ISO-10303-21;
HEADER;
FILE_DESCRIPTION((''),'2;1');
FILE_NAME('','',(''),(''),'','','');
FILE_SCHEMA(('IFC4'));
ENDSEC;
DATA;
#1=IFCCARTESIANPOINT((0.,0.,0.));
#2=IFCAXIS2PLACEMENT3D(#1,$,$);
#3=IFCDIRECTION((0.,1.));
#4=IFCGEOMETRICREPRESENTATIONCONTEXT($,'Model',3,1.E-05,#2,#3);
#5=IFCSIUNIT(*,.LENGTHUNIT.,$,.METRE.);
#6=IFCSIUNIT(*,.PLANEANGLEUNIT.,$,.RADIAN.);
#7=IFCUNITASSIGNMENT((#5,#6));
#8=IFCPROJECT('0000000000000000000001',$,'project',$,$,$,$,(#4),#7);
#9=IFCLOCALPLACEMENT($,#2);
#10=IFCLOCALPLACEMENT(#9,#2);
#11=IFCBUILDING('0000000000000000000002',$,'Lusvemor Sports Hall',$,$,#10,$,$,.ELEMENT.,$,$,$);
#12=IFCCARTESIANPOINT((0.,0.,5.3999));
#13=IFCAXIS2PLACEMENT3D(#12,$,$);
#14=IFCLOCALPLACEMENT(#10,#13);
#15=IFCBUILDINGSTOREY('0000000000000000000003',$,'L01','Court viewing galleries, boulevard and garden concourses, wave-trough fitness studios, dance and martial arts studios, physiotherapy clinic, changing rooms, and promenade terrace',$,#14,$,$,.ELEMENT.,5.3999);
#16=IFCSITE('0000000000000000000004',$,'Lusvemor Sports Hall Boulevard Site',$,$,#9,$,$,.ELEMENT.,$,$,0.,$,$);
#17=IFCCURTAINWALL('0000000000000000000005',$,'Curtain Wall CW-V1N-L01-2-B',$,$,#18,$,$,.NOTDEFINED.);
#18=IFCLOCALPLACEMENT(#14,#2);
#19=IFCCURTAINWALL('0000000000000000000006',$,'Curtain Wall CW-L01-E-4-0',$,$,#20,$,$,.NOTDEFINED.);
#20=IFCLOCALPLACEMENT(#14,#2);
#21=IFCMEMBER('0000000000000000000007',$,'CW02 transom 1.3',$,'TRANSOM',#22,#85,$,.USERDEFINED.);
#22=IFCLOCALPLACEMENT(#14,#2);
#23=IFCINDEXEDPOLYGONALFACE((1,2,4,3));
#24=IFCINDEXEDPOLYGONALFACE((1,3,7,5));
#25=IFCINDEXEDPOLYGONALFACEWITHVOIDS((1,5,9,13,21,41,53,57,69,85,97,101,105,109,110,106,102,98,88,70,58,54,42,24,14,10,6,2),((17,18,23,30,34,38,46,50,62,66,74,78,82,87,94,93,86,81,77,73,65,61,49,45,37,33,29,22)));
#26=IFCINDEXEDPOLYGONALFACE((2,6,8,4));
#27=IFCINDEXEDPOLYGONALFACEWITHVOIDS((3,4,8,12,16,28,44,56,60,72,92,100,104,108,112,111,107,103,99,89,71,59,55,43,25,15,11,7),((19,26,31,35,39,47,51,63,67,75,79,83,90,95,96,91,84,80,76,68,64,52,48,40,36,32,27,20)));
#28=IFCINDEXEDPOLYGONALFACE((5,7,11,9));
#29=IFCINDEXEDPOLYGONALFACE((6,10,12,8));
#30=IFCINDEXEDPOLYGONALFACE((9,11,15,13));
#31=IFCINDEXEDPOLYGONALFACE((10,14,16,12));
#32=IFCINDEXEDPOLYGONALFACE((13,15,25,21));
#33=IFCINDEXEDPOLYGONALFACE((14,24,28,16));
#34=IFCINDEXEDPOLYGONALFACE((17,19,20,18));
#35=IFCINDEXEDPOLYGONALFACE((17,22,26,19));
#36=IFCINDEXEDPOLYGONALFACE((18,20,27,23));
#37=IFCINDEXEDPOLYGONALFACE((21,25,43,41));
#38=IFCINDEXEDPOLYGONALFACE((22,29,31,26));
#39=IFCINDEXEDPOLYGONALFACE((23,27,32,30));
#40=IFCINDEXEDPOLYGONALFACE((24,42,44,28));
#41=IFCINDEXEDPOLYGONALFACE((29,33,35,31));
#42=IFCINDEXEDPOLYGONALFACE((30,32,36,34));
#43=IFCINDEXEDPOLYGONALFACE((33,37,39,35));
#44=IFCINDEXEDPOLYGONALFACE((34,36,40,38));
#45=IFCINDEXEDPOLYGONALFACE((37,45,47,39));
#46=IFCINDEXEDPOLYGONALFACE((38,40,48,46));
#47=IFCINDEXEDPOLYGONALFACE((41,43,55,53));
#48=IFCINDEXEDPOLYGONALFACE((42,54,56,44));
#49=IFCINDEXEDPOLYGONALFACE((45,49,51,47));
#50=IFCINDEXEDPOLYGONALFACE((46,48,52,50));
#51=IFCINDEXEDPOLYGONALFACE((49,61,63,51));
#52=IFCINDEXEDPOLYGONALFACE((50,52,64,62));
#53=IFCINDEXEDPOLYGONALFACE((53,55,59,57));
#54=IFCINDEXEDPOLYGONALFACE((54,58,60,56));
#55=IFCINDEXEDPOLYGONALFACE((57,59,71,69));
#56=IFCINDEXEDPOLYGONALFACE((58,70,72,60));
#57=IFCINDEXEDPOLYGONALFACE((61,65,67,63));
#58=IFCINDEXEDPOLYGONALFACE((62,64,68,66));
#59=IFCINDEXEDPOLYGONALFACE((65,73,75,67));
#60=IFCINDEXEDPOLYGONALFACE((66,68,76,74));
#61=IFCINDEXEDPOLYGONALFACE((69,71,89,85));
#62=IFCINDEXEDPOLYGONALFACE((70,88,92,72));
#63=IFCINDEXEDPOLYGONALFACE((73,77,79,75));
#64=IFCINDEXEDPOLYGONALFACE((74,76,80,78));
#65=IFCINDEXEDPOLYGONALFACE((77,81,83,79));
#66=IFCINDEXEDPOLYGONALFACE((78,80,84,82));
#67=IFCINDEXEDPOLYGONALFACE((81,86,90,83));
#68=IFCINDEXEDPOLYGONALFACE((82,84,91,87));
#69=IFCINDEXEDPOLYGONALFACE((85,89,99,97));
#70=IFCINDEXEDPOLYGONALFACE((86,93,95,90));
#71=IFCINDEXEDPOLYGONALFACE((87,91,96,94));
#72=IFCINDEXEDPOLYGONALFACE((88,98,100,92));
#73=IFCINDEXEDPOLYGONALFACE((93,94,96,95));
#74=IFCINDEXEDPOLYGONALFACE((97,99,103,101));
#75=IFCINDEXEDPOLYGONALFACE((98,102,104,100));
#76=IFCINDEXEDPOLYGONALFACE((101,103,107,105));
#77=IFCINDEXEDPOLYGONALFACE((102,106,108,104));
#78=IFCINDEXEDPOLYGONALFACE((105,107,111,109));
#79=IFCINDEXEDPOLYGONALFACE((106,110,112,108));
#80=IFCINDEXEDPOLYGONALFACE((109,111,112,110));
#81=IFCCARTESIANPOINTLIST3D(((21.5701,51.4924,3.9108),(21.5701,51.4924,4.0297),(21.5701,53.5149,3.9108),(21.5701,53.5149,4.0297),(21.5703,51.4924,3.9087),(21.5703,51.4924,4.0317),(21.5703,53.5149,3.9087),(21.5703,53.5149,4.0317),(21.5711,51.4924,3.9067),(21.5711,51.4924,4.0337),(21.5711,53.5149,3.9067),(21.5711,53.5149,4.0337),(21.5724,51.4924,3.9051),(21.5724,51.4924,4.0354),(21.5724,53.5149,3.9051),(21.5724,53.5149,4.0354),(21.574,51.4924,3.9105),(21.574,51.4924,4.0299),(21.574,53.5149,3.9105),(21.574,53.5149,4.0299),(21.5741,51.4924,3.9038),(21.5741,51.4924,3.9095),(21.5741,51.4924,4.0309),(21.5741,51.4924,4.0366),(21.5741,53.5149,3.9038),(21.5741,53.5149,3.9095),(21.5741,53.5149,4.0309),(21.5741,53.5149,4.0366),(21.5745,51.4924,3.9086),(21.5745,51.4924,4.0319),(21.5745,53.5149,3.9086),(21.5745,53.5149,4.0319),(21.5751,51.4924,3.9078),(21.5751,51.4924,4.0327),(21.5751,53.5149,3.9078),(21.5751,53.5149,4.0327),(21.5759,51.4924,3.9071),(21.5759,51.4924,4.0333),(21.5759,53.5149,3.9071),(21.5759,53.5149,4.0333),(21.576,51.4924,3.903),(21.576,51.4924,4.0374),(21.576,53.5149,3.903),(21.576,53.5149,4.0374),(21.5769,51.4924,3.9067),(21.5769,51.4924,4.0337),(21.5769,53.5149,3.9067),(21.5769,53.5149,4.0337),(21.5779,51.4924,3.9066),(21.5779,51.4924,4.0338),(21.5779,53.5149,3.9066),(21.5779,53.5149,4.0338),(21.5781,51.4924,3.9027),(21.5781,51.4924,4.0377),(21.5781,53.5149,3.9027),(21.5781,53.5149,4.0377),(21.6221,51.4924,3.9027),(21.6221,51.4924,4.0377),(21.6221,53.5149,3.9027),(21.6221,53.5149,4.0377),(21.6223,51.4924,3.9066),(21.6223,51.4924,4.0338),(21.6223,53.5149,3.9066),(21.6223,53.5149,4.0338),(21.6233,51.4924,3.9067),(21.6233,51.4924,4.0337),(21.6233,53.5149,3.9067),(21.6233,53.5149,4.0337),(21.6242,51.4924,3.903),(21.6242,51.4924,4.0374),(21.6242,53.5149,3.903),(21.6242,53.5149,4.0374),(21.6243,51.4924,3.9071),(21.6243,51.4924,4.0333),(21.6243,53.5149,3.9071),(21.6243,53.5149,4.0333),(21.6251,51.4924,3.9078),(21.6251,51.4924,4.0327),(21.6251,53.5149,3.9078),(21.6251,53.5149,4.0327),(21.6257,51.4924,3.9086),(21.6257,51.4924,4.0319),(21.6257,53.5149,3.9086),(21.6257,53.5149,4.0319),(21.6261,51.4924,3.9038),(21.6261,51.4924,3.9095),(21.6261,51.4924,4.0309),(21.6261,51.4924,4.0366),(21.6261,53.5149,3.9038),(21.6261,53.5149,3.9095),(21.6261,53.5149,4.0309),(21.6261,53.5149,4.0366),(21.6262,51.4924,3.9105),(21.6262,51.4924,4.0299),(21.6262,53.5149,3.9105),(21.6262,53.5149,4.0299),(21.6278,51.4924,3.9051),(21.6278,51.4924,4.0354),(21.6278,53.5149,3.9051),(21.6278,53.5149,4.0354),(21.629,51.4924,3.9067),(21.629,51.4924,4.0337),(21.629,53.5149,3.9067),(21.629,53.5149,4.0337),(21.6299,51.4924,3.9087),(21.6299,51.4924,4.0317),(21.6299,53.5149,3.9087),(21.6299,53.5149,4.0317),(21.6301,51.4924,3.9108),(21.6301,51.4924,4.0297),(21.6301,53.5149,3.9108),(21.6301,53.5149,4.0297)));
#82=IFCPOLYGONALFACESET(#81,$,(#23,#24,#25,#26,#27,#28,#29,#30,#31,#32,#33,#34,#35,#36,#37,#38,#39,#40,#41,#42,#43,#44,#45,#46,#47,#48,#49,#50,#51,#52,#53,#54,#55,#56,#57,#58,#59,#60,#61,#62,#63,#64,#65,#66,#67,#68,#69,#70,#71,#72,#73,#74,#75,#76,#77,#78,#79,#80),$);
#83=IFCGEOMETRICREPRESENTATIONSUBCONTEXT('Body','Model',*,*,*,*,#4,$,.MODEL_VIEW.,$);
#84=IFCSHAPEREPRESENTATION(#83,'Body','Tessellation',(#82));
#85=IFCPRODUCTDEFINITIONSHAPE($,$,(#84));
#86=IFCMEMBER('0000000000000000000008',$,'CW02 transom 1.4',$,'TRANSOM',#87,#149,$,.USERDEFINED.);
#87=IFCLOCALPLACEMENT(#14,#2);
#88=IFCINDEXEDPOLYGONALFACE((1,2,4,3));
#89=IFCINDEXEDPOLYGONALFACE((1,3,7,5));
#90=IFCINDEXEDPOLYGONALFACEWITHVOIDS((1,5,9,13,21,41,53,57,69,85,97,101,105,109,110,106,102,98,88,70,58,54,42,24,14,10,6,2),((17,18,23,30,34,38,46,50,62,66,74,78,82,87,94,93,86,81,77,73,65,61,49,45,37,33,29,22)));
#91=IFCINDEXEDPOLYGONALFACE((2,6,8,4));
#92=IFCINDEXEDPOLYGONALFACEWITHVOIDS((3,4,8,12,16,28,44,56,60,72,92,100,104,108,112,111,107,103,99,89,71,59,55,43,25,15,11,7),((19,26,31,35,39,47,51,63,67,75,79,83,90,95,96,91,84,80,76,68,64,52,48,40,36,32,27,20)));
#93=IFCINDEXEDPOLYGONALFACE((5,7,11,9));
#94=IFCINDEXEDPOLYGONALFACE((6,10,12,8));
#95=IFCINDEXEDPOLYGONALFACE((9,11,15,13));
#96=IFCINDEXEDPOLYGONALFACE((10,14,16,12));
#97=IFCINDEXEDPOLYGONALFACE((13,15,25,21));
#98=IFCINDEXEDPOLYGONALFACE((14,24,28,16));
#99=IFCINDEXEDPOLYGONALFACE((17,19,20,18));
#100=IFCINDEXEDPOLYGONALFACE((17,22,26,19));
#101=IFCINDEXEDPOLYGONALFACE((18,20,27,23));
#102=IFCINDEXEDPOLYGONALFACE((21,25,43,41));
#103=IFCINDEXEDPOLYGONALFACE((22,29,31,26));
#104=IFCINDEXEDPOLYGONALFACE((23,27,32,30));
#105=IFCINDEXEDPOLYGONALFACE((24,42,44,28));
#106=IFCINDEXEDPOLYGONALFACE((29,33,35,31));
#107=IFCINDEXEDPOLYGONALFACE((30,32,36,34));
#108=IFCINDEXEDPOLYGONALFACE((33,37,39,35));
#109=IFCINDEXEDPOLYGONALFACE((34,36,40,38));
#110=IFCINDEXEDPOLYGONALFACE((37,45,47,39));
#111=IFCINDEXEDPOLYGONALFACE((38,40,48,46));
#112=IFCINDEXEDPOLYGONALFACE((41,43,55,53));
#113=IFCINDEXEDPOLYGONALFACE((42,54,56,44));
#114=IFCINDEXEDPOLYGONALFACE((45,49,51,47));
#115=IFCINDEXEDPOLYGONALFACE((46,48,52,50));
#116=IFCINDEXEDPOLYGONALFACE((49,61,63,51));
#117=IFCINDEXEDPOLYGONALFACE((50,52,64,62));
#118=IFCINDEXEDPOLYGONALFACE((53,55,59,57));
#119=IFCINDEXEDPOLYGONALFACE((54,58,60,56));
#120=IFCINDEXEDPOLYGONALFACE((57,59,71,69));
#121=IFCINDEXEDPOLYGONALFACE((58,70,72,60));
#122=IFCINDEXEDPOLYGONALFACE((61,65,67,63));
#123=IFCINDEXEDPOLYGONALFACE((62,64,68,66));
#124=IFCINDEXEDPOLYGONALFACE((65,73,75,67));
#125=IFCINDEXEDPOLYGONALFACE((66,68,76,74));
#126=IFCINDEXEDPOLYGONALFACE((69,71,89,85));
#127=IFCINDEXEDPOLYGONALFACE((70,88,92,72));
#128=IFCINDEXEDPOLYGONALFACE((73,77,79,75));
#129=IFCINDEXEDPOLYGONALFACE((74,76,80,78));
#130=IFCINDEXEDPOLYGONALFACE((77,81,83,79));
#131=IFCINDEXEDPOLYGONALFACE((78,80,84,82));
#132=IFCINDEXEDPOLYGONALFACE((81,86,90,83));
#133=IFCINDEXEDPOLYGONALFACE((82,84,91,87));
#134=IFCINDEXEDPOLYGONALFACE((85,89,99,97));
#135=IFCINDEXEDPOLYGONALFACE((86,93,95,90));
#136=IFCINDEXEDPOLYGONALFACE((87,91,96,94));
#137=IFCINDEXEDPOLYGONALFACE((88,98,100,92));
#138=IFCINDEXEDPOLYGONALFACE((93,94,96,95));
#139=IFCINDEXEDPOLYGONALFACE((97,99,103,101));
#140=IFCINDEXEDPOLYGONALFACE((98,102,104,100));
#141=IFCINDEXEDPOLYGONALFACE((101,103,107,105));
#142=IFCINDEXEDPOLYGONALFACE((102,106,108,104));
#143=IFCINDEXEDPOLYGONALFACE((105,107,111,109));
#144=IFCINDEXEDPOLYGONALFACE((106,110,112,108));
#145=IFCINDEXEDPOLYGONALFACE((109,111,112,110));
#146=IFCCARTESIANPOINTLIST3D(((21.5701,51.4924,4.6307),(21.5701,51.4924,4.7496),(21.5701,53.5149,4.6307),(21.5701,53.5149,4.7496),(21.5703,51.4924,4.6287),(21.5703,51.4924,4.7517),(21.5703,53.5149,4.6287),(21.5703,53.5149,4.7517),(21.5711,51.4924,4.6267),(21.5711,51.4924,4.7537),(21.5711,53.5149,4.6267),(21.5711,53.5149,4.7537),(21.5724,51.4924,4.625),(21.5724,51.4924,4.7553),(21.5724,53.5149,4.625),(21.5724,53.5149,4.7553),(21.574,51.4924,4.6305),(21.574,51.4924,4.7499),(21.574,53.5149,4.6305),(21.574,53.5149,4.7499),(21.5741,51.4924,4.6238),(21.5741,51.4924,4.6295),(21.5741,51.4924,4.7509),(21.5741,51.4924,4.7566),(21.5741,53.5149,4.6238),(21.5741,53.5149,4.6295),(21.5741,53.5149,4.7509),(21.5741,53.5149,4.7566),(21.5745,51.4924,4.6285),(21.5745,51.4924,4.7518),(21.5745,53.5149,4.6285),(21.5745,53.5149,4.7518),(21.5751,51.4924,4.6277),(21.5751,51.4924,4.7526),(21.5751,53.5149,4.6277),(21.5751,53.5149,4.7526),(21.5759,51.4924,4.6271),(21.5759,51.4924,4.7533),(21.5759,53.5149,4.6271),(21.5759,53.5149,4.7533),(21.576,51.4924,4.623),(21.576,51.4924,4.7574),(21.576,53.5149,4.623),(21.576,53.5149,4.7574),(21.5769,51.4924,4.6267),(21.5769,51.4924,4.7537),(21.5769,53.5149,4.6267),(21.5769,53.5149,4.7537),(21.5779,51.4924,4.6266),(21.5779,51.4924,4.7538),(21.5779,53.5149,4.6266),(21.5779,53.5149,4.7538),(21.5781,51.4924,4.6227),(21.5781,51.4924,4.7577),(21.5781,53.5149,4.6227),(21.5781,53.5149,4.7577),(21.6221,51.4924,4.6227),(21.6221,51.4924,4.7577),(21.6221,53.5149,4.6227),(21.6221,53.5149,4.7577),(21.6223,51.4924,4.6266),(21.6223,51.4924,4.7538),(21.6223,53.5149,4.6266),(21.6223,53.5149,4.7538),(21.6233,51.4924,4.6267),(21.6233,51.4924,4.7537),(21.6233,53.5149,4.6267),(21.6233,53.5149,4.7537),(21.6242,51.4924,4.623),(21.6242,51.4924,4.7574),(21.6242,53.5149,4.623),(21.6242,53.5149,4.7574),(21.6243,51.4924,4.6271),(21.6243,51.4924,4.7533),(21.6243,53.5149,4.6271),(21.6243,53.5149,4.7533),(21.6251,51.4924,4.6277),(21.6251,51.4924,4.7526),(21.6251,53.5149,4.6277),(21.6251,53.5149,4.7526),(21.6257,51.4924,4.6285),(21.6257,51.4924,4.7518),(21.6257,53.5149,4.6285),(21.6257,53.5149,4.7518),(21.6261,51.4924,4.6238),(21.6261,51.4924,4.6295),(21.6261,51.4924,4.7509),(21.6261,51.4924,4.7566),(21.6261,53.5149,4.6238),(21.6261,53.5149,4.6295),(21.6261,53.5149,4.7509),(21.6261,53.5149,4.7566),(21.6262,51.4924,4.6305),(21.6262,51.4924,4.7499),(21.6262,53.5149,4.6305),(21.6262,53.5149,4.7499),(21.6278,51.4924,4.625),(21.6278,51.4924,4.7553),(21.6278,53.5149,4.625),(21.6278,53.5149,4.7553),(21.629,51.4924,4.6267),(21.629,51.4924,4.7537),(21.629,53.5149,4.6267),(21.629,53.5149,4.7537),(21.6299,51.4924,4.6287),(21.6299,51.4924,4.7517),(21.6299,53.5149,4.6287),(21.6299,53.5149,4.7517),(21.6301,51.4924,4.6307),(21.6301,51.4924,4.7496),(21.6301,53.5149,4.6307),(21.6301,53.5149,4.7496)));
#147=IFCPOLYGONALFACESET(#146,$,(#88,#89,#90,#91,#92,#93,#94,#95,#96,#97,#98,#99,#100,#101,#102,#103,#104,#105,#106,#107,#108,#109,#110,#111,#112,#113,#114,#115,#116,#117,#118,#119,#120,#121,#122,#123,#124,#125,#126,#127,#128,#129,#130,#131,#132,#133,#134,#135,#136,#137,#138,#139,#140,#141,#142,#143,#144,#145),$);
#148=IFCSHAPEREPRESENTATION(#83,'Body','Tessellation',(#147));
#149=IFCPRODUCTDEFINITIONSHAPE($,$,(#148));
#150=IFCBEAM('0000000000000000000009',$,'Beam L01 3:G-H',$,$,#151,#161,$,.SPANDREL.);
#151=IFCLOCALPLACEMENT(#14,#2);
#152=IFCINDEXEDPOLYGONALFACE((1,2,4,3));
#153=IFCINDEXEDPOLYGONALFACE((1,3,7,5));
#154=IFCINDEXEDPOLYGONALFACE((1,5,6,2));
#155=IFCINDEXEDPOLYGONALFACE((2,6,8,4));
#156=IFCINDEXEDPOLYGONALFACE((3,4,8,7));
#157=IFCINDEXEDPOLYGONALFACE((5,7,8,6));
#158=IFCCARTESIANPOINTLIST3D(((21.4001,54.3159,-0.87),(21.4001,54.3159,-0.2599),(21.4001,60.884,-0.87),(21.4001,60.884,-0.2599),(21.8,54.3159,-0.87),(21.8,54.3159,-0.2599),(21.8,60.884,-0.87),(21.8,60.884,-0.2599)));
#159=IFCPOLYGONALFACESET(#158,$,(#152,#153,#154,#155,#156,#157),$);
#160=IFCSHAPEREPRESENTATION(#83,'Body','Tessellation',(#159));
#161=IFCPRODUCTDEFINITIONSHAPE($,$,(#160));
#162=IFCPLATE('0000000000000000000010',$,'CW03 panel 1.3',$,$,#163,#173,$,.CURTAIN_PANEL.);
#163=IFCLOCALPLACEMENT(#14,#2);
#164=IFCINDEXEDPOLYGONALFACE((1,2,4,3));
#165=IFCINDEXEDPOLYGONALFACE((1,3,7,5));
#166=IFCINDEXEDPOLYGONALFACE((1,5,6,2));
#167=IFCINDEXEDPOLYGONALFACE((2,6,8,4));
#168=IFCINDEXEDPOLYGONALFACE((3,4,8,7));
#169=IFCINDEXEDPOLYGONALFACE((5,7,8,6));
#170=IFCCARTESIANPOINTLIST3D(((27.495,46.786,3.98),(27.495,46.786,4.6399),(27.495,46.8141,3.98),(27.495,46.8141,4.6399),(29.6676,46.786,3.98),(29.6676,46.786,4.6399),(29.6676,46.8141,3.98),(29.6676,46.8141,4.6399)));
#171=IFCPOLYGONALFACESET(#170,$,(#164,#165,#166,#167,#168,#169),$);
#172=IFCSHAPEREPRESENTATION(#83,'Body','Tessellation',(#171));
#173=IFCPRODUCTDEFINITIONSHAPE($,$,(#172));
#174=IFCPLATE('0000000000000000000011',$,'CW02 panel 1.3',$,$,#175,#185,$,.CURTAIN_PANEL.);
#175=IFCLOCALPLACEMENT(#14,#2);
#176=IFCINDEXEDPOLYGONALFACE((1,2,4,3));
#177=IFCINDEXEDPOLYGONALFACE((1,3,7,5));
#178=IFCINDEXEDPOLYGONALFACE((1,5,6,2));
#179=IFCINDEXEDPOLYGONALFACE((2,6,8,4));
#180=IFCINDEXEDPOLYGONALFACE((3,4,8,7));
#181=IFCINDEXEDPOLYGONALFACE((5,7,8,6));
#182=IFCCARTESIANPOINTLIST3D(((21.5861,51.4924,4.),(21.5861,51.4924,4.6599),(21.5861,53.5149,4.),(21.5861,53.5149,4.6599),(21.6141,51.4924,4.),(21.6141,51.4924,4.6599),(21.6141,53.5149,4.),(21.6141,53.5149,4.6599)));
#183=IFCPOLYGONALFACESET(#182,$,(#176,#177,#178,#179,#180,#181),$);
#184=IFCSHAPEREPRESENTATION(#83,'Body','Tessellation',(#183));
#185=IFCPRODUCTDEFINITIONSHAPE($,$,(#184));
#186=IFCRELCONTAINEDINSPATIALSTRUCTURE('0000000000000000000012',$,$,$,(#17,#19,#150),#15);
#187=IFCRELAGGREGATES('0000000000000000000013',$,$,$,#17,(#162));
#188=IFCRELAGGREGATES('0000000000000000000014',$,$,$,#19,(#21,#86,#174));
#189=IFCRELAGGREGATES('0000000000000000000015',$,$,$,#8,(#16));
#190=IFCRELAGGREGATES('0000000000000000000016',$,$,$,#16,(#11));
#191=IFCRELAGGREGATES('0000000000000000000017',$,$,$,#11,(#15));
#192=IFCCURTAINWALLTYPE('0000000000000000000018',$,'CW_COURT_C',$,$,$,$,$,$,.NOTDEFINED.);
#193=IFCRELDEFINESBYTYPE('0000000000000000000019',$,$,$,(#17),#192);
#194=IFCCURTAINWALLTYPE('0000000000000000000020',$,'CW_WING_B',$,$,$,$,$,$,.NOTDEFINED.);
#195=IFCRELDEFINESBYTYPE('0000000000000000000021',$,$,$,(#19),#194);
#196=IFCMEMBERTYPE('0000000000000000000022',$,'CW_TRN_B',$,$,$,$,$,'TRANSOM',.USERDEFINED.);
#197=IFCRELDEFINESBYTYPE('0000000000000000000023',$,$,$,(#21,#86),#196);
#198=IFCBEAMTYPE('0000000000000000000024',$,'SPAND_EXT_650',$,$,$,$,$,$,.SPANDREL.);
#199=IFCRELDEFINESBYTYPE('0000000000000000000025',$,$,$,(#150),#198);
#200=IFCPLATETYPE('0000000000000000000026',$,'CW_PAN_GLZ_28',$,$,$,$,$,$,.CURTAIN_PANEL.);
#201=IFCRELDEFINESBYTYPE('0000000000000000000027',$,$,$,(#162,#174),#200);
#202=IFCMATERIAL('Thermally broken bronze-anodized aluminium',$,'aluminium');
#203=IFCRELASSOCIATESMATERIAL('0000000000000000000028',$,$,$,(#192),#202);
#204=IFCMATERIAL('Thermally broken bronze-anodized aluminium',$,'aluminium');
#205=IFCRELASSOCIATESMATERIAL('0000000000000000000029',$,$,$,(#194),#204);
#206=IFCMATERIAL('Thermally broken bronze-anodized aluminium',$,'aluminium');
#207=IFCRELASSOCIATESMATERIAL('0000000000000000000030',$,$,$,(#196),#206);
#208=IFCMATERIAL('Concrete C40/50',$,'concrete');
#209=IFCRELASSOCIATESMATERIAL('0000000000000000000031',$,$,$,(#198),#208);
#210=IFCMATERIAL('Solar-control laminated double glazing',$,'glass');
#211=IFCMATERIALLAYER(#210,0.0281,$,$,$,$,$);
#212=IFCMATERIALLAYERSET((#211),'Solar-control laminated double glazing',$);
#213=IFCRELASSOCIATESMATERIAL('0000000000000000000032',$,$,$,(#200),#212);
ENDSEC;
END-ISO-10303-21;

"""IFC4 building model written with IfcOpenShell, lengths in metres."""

from ifc_helpers import new_model, si_unit, direction, frame, origin, origin_2d, place, context, subcontext, project, spatial, rectangle, hollow_rectangle, extrude, material, layer, layer_set, material_profile, profile_set, type_object, element, aggregate, save


model = new_model("IFC4")

# Units and contexts
model_context = context("Model", 3, precision=1e-05, world=origin(), true_north=direction((0.0, 1.0)))
body_context = subcontext(model_context, "Body", "Model", "MODEL_VIEW")
ifc_project = project(units=[si_unit("LENGTHUNIT", "METRE"), si_unit("PLANEANGLEUNIT", "RADIAN")], contexts=[model_context])

# Site, building, storey
site_placement = place(None, origin())
site = spatial("IfcSite", under=ifc_project, at=site_placement, Name="Lusvemor Sports Hall Boulevard Site", CompositionType="ELEMENT", RefElevation=0.0)
building_placement = place(site_placement, origin())
building = spatial("IfcBuilding", under=site, at=building_placement, Name="Lusvemor Sports Hall", CompositionType="ELEMENT")
storey_placement = place(building_placement, frame((0.0, 0.0, 5.3999)))
storey = spatial("IfcBuildingStorey", under=building, at=storey_placement, Name="L01", Description="Court viewing galleries, boulevard and garden concourses, wave-trough fitness studios, dance and martial arts studios, physiotherapy clinic, changing rooms, and promenade terrace", CompositionType="ELEMENT", Elevation=5.3999)

# Curtain walls
ifc_material_1 = material(Name="Thermally broken bronze-anodized aluminium", Category="aluminium")
curtain_wall_type_1 = type_object("IfcCurtainWallType", Name="CW_COURT_C", PredefinedType="NOTDEFINED", material=ifc_material_1)
curtain_wall_1_placement = place(storey_placement, origin())
curtain_wall_1 = element("IfcCurtainWall", 1, at=curtain_wall_1_placement, inside=storey, type_object=curtain_wall_type_1, Name="Curtain Wall CW-V1N-L01-2-B", PredefinedType="NOTDEFINED")
ifc_material_2 = material(Name="Thermally broken bronze-anodized aluminium", Category="aluminium")
curtain_wall_type_2 = type_object("IfcCurtainWallType", Name="CW_WING_B", PredefinedType="NOTDEFINED", material=ifc_material_2)
curtain_wall_2_placement = place(storey_placement, origin())
curtain_wall_2 = element("IfcCurtainWall", 2, at=curtain_wall_2_placement, inside=storey, type_object=curtain_wall_type_2, Name="Curtain Wall CW-L01-E-4-0", PredefinedType="NOTDEFINED")

# Members
ifc_material_3 = material(Name="Thermally broken bronze-anodized aluminium", Category="aluminium")
ifc_material_profile_1 = material_profile(ifc_material_3, hollow_rectangle(XDim=0.0601, YDim=0.135, WallThickness=0.0039, InnerFilletRadius=0.0039, OuterFilletRadius=0.0081, at=origin_2d()), Name="CWTRN135x60x4")
ifc_profile_set_1 = profile_set([ifc_material_profile_1], Name="Thermally broken bronze-anodized aluminium")
member_type_1 = type_object("IfcMemberType", Name="CW_TRN_B", ElementType="TRANSOM", PredefinedType="USERDEFINED", material=ifc_profile_set_1)
member_1_placement = place(storey_placement, frame((21.6001, 53.5149, 3.9702), z_axis=(0.0, -1.0, 0.0), x_axis=(1.0, 0.0, 0.0)))
member_1 = element("IfcMember", 3, at=member_1_placement, type_object=member_type_1, Name="CW02 transom 1.3", ObjectType="TRANSOM", PredefinedType="USERDEFINED", context=body_context, shape_type="SweptSolid", body=[
    extrude(hollow_rectangle(XDim=0.0601, YDim=0.135, WallThickness=0.0039, InnerFilletRadius=0.0039, OuterFilletRadius=0.0081, at=origin_2d()), origin(), (0.0, 0.0, 1.0), 2.0225),
])
member_2_placement = place(storey_placement, frame((21.6001, 53.5149, 4.6902), z_axis=(0.0, -1.0, 0.0), x_axis=(1.0, 0.0, 0.0)))
member_2 = element("IfcMember", 4, at=member_2_placement, type_object=member_type_1, Name="CW02 transom 1.4", ObjectType="TRANSOM", PredefinedType="USERDEFINED", context=body_context, shape_type="SweptSolid", body=[
    extrude(hollow_rectangle(XDim=0.0601, YDim=0.135, WallThickness=0.0039, InnerFilletRadius=0.0039, OuterFilletRadius=0.0081, at=origin_2d()), origin(), (0.0, 0.0, 1.0), 2.0225),
])

# Beam
ifc_material_4 = material(Name="Concrete C40/50", Category="concrete")
ifc_material_profile_2 = material_profile(ifc_material_4, rectangle(XDim=0.3999, YDim=0.6101, at=origin_2d()), Name="RC400x610")
ifc_profile_set_2 = profile_set([ifc_material_profile_2], Name="Concrete C40/50")
beam_type = type_object("IfcBeamType", Name="SPAND_EXT_650", PredefinedType="SPANDREL", material=ifc_profile_set_2)
beam_placement = place(storey_placement, frame((21.6001, 54.3159, -0.5649), z_axis=(0.0, 1.0, 0.0), x_axis=(-1.0, 0.0, 0.0)))
element("IfcBeam", 5, at=beam_placement, inside=storey, type_object=beam_type, Name="Beam L01 3:G-H", PredefinedType="SPANDREL", context=body_context, shape_type="SweptSolid", body=[
    extrude(rectangle(XDim=0.3999, YDim=0.6101, at=origin_2d()), origin(), (0.0, 0.0, 1.0), 6.5681),
])

# Plates
ifc_material_5 = material(Name="Solar-control laminated double glazing", Category="glass")
ifc_layer_1 = layer(ifc_material_5, 0.0281)
ifc_layer_set_1 = layer_set([ifc_layer_1], Name="Solar-control laminated double glazing")
plate_type = type_object("IfcPlateType", Name="CW_PAN_GLZ_28", PredefinedType="CURTAIN_PANEL", material=ifc_layer_set_1)
plate_1_placement = place(storey_placement, frame((28.5813, 46.8, 3.98), z_axis=(0.0, 0.0, 1.0), x_axis=(1.0, 0.0, 0.0)))
plate_1 = element("IfcPlate", 6, at=plate_1_placement, type_object=plate_type, Name="CW03 panel 1.3", PredefinedType="CURTAIN_PANEL", context=body_context, shape_type="SweptSolid", body=[
    extrude(rectangle(XDim=2.1726, YDim=0.0281, at=origin_2d()), origin(), (0.0, 0.0, 1.0), 0.6599),
])
aggregate(curtain_wall_1, [plate_1])
plate_2_placement = place(storey_placement, frame((21.6001, 52.5037, 4.0), z_axis=(0.0, 0.0, 1.0), x_axis=(0.0, -1.0, 0.0)))
plate_2 = element("IfcPlate", 7, at=plate_2_placement, type_object=plate_type, Name="CW02 panel 1.3", PredefinedType="CURTAIN_PANEL", context=body_context, shape_type="SweptSolid", body=[
    extrude(rectangle(XDim=2.0225, YDim=0.0281, at=origin_2d()), origin(), (0.0, 0.0, 1.0), 0.6599),
])
aggregate(curtain_wall_2, [member_1, member_2, plate_2])

save(model, "model.ifc")
